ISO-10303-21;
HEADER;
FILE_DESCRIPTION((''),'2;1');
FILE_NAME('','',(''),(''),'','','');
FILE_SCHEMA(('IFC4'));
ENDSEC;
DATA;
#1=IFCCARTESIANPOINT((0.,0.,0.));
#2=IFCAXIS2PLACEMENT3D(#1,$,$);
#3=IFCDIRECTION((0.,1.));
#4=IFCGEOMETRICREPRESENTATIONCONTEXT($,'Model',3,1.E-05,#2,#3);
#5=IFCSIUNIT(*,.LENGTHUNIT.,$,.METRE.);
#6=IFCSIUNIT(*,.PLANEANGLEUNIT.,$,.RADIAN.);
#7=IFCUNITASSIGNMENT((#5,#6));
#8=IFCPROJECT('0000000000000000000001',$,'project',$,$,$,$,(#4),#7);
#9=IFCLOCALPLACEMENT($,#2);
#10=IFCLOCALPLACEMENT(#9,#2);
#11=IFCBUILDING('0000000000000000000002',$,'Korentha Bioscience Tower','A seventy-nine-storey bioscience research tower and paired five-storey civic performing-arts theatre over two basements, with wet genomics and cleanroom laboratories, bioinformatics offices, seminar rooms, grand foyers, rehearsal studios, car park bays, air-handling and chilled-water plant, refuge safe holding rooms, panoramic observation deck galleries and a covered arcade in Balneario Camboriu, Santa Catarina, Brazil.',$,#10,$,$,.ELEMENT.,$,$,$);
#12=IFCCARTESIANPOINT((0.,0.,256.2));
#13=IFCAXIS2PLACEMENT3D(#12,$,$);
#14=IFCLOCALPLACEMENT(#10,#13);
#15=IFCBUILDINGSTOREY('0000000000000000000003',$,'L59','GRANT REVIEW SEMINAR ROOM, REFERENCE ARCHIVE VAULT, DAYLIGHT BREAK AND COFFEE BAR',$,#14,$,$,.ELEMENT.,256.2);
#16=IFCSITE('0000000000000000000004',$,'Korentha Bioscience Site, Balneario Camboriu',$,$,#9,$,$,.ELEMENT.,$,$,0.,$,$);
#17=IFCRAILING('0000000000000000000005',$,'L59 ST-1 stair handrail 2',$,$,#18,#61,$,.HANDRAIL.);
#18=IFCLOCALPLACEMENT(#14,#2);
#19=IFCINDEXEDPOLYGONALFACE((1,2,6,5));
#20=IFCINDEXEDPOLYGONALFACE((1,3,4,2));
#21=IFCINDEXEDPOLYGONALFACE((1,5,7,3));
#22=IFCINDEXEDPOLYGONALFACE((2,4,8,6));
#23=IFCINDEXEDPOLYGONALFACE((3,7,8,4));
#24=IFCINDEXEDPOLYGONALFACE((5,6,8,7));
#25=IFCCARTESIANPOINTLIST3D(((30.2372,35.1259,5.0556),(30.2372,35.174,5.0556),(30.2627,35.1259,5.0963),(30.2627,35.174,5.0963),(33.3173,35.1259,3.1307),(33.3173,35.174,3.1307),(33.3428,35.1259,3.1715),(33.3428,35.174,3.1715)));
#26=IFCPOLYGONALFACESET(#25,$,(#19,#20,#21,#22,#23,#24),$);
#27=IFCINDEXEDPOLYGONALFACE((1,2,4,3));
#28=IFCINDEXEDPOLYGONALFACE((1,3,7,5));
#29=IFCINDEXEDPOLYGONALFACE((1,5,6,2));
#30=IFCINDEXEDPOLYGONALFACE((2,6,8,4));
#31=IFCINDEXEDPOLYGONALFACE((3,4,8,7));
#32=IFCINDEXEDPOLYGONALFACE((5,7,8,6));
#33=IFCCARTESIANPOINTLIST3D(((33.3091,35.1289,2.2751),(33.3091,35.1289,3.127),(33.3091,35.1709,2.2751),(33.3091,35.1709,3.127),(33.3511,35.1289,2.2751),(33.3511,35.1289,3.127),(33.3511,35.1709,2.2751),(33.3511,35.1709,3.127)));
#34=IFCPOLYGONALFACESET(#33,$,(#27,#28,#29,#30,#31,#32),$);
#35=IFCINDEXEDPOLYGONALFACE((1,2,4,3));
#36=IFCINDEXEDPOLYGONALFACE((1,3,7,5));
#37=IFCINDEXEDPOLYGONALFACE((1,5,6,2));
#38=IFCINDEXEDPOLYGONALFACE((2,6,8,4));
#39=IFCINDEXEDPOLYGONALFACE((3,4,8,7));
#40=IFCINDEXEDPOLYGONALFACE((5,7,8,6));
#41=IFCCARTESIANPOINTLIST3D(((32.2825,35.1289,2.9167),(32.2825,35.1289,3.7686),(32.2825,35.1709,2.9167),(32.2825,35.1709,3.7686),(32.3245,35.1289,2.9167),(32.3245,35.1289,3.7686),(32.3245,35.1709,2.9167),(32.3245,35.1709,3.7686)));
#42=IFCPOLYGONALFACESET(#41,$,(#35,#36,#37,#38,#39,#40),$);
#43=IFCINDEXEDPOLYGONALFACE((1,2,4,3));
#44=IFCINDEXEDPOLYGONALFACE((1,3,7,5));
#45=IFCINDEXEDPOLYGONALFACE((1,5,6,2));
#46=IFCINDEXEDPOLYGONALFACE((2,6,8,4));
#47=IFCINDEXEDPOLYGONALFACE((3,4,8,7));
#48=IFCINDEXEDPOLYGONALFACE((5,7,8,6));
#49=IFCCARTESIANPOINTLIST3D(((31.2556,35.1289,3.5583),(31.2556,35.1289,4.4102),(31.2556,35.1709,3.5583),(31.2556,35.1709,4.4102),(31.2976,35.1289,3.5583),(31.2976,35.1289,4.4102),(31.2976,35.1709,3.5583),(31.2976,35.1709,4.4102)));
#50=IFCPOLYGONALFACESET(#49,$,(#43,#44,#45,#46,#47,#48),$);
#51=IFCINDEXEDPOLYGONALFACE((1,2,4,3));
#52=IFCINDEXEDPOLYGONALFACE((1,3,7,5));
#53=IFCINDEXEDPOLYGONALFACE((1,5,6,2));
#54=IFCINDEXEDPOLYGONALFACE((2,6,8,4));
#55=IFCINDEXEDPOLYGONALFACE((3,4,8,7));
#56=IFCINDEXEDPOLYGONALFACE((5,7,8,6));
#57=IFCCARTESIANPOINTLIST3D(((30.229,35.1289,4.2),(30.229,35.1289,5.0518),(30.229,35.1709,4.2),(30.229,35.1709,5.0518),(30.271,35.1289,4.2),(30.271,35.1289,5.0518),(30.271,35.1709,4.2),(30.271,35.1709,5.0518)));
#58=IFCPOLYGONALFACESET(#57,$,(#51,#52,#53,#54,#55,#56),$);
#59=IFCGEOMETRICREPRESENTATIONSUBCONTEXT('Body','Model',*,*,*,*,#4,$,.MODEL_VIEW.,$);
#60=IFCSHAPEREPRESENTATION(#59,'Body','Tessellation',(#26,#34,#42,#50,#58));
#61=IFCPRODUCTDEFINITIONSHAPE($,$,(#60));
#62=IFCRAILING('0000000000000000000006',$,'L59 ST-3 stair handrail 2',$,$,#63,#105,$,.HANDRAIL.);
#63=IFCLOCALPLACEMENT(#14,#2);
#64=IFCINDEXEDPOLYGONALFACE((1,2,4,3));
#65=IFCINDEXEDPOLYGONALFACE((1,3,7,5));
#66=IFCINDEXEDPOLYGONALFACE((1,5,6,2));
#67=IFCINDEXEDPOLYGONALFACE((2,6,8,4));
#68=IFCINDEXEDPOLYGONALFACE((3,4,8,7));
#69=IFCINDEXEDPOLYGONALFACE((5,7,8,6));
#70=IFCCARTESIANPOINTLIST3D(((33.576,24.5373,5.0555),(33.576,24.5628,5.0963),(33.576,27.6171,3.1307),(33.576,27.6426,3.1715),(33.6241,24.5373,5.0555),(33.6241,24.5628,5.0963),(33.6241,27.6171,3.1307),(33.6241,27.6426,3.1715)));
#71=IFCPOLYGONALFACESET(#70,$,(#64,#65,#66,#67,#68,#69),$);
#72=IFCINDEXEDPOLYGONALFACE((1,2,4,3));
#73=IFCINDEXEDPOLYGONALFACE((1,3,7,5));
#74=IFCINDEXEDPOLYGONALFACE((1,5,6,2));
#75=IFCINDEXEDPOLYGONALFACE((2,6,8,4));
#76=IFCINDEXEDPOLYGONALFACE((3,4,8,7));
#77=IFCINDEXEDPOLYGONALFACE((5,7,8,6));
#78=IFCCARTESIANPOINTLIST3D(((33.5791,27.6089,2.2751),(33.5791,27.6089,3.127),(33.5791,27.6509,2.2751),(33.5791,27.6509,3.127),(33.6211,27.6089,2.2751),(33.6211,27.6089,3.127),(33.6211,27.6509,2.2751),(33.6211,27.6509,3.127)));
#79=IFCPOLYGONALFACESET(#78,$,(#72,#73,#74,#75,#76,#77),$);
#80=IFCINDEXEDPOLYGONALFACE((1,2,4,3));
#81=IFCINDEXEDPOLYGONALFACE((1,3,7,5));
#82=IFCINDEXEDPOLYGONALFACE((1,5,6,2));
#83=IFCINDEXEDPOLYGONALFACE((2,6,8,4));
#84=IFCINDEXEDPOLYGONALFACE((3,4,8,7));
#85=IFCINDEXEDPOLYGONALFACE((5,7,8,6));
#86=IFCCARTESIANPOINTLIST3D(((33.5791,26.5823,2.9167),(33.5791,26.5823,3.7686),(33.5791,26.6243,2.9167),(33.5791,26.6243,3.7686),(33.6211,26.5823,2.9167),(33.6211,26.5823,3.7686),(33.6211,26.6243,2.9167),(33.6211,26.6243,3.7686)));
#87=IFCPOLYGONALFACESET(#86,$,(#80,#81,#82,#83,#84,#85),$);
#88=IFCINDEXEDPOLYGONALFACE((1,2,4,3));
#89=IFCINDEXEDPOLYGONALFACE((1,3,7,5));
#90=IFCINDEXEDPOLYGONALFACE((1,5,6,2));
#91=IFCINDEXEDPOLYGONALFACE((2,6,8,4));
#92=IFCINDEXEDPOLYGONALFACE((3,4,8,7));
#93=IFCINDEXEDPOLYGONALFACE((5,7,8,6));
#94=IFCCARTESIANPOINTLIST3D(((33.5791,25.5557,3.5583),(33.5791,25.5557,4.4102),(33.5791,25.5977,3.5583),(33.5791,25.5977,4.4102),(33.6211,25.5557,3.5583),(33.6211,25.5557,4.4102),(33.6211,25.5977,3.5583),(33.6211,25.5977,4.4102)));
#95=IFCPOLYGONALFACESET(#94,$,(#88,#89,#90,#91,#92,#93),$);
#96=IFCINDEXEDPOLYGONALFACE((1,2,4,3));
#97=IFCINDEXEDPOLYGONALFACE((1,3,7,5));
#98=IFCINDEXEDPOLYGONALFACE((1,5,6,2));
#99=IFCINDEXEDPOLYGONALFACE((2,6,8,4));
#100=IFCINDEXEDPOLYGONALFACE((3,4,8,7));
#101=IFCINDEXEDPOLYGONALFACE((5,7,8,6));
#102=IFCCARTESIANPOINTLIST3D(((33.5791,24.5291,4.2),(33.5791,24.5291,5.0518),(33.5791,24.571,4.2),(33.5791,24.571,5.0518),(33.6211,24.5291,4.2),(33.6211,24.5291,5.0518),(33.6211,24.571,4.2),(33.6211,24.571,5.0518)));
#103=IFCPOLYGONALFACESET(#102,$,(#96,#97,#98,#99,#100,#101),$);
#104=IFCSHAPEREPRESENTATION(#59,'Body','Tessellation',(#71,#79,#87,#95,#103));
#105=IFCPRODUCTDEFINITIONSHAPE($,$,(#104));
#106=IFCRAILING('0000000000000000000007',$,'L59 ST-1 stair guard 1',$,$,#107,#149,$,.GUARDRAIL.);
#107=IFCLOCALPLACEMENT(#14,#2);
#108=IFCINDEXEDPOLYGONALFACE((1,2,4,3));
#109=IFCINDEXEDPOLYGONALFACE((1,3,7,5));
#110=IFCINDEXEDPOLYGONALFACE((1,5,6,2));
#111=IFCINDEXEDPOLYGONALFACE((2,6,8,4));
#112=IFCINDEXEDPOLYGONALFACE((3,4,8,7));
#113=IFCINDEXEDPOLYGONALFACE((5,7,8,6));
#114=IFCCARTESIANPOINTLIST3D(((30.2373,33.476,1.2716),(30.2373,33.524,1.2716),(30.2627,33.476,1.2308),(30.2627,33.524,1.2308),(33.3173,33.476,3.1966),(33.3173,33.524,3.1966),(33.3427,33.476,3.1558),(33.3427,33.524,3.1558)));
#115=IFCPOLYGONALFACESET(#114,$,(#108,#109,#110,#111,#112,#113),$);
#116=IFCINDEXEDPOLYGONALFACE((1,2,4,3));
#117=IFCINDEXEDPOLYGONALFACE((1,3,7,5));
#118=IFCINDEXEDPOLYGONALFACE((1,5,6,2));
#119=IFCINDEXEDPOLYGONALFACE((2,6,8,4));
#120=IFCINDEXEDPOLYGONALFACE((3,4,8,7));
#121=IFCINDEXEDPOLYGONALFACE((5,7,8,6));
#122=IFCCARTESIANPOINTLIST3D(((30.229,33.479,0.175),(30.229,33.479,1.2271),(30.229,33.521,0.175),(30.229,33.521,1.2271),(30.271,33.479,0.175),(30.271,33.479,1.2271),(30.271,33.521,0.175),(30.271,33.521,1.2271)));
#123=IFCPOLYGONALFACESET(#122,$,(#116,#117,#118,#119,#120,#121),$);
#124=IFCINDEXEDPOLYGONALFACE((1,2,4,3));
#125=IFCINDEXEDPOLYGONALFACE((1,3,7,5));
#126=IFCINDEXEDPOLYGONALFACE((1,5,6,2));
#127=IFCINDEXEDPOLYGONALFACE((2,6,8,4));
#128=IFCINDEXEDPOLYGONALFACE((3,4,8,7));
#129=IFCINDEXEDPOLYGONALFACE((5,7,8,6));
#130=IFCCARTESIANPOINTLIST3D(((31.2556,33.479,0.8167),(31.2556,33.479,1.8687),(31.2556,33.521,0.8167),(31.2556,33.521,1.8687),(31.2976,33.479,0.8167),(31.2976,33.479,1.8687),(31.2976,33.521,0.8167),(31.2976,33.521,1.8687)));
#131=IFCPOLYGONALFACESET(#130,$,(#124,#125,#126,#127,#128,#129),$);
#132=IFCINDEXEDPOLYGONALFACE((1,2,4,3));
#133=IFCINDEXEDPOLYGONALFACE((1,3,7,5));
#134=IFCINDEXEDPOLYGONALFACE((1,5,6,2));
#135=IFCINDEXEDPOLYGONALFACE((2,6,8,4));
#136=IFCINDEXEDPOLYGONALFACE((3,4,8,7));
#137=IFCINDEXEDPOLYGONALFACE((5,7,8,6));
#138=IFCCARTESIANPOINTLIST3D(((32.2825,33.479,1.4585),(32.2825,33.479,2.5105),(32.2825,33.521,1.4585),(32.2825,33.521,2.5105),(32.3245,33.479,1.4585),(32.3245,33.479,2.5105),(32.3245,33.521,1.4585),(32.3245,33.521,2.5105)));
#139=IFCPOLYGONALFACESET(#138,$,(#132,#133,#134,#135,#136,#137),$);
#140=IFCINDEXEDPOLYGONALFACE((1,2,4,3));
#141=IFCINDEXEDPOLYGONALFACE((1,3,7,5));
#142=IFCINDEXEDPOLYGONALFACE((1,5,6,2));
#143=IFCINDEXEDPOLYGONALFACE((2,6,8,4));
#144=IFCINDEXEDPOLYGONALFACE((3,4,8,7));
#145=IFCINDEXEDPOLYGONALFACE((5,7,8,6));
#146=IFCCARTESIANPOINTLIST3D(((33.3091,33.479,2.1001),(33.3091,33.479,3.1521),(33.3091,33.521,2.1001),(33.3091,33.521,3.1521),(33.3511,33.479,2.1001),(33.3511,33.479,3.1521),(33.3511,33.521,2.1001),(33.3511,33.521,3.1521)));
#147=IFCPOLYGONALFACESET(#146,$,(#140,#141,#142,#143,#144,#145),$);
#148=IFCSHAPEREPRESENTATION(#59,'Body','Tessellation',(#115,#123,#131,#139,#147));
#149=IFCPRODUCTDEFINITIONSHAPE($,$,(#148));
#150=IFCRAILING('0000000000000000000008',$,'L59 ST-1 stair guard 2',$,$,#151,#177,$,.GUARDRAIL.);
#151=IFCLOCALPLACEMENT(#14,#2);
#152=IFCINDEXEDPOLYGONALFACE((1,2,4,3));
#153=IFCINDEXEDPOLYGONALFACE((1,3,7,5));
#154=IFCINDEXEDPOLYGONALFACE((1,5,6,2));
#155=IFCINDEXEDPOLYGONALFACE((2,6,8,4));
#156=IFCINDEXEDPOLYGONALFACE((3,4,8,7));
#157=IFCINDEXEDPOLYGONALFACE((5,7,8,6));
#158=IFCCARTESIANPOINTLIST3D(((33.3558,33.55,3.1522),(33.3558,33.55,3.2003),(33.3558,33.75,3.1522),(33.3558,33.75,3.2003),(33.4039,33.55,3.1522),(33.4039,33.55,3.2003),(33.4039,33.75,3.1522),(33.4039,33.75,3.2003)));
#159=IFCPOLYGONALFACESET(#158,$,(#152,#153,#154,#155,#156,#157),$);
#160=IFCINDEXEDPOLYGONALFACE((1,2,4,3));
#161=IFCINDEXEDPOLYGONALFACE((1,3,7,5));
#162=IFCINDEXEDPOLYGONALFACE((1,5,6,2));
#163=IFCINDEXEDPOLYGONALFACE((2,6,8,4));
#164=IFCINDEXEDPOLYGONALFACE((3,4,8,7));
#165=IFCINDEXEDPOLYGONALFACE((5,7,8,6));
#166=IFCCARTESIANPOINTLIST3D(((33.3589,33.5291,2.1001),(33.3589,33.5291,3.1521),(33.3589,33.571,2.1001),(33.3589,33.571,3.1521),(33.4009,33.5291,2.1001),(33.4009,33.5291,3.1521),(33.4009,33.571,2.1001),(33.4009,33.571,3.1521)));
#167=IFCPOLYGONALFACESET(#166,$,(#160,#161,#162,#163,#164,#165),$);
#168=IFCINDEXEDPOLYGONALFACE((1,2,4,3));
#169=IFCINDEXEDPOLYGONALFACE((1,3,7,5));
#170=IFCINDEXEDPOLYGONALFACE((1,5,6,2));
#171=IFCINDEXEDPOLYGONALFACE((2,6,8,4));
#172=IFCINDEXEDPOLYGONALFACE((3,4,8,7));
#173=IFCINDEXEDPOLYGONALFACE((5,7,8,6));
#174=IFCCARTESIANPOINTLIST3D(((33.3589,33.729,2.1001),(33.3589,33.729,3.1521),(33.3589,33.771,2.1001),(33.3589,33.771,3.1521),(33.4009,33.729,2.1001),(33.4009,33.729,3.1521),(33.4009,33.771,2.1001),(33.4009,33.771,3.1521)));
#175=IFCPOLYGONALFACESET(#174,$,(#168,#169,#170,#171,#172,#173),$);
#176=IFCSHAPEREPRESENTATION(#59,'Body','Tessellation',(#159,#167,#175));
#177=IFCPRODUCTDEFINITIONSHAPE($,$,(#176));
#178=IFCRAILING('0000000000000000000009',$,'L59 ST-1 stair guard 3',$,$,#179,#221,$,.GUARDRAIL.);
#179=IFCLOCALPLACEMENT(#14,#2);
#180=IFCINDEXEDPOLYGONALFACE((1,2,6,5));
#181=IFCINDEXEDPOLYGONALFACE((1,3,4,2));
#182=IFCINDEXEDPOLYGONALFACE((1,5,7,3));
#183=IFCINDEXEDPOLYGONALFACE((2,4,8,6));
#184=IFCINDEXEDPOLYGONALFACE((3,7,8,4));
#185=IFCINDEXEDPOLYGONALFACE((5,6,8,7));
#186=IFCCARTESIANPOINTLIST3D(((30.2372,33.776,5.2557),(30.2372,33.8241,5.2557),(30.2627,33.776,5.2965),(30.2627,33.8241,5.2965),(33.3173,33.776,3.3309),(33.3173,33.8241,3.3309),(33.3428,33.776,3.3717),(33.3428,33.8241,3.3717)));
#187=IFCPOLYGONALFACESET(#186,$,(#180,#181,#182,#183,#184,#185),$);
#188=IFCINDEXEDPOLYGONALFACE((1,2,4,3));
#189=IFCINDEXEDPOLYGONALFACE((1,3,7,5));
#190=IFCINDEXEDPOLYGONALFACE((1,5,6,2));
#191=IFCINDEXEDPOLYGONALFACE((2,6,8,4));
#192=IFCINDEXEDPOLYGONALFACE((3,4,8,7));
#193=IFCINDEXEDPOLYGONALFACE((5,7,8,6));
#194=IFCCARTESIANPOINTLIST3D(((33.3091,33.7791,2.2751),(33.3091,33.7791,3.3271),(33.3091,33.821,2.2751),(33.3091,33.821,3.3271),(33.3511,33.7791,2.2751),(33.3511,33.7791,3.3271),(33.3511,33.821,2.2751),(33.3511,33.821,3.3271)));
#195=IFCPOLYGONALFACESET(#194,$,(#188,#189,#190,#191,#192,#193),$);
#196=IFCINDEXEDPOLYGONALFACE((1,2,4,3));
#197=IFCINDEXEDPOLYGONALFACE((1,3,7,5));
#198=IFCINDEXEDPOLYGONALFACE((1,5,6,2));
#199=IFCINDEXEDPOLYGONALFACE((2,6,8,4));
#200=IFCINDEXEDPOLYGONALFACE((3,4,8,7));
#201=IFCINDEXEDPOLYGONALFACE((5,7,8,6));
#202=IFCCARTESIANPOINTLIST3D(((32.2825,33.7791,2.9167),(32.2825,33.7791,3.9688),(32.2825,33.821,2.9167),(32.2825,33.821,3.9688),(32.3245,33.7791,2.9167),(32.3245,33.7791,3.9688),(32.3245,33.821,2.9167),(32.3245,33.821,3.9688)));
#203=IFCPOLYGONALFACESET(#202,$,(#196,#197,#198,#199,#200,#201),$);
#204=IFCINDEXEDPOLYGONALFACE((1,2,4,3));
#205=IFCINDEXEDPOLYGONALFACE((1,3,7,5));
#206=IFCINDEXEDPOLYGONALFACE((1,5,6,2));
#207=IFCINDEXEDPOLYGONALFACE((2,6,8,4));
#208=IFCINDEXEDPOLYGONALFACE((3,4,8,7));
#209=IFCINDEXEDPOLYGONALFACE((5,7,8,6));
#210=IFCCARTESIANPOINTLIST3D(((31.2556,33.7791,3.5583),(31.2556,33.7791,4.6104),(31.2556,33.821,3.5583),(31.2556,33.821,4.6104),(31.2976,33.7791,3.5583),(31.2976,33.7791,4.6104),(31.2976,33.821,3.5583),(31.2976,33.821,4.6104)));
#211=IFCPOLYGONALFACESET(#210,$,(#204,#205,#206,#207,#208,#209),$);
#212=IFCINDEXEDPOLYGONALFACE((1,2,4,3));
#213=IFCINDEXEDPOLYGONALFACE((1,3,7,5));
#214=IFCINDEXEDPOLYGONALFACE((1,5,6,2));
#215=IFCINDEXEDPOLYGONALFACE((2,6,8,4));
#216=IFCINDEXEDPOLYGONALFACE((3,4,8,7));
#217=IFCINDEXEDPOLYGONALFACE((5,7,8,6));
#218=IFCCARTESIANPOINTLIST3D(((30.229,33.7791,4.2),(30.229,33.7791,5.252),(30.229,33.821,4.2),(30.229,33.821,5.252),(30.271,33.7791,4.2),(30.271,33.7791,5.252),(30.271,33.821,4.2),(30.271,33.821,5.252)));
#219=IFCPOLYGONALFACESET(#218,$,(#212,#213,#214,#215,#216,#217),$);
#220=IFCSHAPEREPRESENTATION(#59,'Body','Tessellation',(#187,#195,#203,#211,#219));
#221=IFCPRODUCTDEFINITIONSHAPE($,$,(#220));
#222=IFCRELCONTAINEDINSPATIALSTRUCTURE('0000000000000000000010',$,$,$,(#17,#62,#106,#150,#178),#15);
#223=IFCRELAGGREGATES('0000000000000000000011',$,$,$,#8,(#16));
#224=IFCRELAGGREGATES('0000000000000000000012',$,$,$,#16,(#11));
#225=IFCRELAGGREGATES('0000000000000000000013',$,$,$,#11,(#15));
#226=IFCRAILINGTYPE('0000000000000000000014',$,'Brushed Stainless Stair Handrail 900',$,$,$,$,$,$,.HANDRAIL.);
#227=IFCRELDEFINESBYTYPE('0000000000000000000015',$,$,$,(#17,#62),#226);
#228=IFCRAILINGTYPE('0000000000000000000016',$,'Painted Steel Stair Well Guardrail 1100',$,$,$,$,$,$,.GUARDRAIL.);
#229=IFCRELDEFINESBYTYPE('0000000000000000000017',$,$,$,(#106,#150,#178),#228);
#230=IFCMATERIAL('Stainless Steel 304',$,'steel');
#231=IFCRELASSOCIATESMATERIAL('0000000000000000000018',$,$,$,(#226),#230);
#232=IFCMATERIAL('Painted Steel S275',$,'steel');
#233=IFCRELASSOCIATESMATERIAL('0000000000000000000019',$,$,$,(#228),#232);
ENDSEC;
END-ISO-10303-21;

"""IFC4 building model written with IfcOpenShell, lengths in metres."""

from ifc_helpers import new_model, si_unit, direction, frame, origin, origin_2d, place, context, subcontext, project, spatial, rectangle, extrude, material, type_object, element, save


model = new_model("IFC4")

# Units and contexts
model_context = context("Model", 3, precision=1e-05, world=origin(), true_north=direction((0.0, 1.0)))
body_context = subcontext(model_context, "Body", "Model", "MODEL_VIEW")
ifc_project = project(units=[si_unit("LENGTHUNIT", "METRE"), si_unit("PLANEANGLEUNIT", "RADIAN")], contexts=[model_context])

# Site, building, storey
site_placement = place(None, origin())
site = spatial("IfcSite", under=ifc_project, at=site_placement, Name="Korentha Bioscience Site, Balneario Camboriu", CompositionType="ELEMENT", RefElevation=0.0)
building_placement = place(site_placement, origin())
building = spatial("IfcBuilding", under=site, at=building_placement, Name="Korentha Bioscience Tower", Description="A seventy-nine-storey bioscience research tower and paired five-storey civic performing-arts theatre over two basements, with wet genomics and cleanroom laboratories, bioinformatics offices, seminar rooms, grand foyers, rehearsal studios, car park bays, air-handling and chilled-water plant, refuge safe holding rooms, panoramic observation deck galleries and a covered arcade in Balneario Camboriu, Santa Catarina, Brazil.", CompositionType="ELEMENT")
storey_placement = place(building_placement, frame((0.0, 0.0, 256.2)))
storey = spatial("IfcBuildingStorey", under=building, at=storey_placement, Name="L59", Description="GRANT REVIEW SEMINAR ROOM, REFERENCE ARCHIVE VAULT, DAYLIGHT BREAK AND COFFEE BAR", CompositionType="ELEMENT", Elevation=256.2)

# Railings
ifc_material_1 = material(Name="Stainless Steel 304", Category="steel")
railing_type_1 = type_object("IfcRailingType", Name="Brushed Stainless Stair Handrail 900", PredefinedType="HANDRAIL", material=ifc_material_1)
railing_1_placement = place(storey_placement, frame((33.3301, 35.1499, 2.2751)))
element("IfcRailing", 1, at=railing_1_placement, inside=storey, type_object=railing_type_1, Name="L59 ST-1 stair handrail 2", PredefinedType="HANDRAIL", context=body_context, shape_type="SweptSolid", body=[
    extrude(rectangle(XDim=0.0481, YDim=0.0481, at=origin_2d()), frame((0.0, 0.0, 0.876), z_axis=(-0.848029, 0.0, 0.529951), x_axis=(0.0, -1.0, 0.0)), (0.0, 0.0, 1.0), 3.6321),
    extrude(rectangle(XDim=0.042, YDim=0.042, at=origin_2d()), origin(), (0.0, 0.0, 1.0), 0.8518),
    extrude(rectangle(XDim=0.042, YDim=0.042, at=origin_2d()), frame((-1.0266, 0.0, 0.6416)), (0.0, 0.0, 1.0), 0.8518),
    extrude(rectangle(XDim=0.042, YDim=0.042, at=origin_2d()), frame((-2.0535, 0.0, 1.2832)), (0.0, 0.0, 1.0), 0.8518),
    extrude(rectangle(XDim=0.042, YDim=0.042, at=origin_2d()), frame((-3.0801, 0.0, 1.9248)), (0.0, 0.0, 1.0), 0.8518),
])
railing_2_placement = place(storey_placement, frame((33.6001, 27.6299, 2.2751)))
element("IfcRailing", 2, at=railing_2_placement, inside=storey, type_object=railing_type_1, Name="L59 ST-3 stair handrail 2", PredefinedType="HANDRAIL", context=body_context, shape_type="SweptSolid", body=[
    extrude(rectangle(XDim=0.0481, YDim=0.0481, at=origin_2d()), frame((0.0, 0.0, 0.876), z_axis=(0.0, -0.84801, 0.529981), x_axis=(1.0, 0.0, 0.0)), (0.0, 0.0, 1.0), 3.6318),
    extrude(rectangle(XDim=0.042, YDim=0.042, at=origin_2d()), origin(), (0.0, 0.0, 1.0), 0.8518),
    extrude(rectangle(XDim=0.042, YDim=0.042, at=origin_2d()), frame((0.0, -1.0266, 0.6416)), (0.0, 0.0, 1.0), 0.8518),
    extrude(rectangle(XDim=0.042, YDim=0.042, at=origin_2d()), frame((0.0, -2.0532, 1.2832)), (0.0, 0.0, 1.0), 0.8518),
    extrude(rectangle(XDim=0.042, YDim=0.042, at=origin_2d()), frame((0.0, -3.0798, 1.9248)), (0.0, 0.0, 1.0), 0.8518),
])
ifc_material_2 = material(Name="Painted Steel S275", Category="steel")
railing_type_2 = type_object("IfcRailingType", Name="Painted Steel Stair Well Guardrail 1100", PredefinedType="GUARDRAIL", material=ifc_material_2)
railing_3_placement = place(storey_placement, frame((30.25, 33.5, 0.175)))
element("IfcRailing", 3, at=railing_3_placement, inside=storey, type_object=railing_type_2, Name="L59 ST-1 stair guard 1", PredefinedType="GUARDRAIL", context=body_context, shape_type="SweptSolid", body=[
    extrude(rectangle(XDim=0.0481, YDim=0.0481, at=origin_2d()), frame((0.0, 0.0, 1.0762), z_axis=(0.847998, 0.0, 0.529999), x_axis=(0.0, 1.0, 0.0)), (0.0, 0.0, 1.0), 3.6321),
    extrude(rectangle(XDim=0.042, YDim=0.042, at=origin_2d()), origin(), (0.0, 0.0, 1.0), 1.052),
    extrude(rectangle(XDim=0.042, YDim=0.042, at=origin_2d()), frame((1.0266, 0.0, 0.6416)), (0.0, 0.0, 1.0), 1.052),
    extrude(rectangle(XDim=0.042, YDim=0.042, at=origin_2d()), frame((2.0535, 0.0, 1.2834)), (0.0, 0.0, 1.0), 1.052),
    extrude(rectangle(XDim=0.042, YDim=0.042, at=origin_2d()), frame((3.0801, 0.0, 1.925)), (0.0, 0.0, 1.0), 1.052),
])
railing_4_placement = place(storey_placement, frame((33.3799, 33.55, 2.1001)))
element("IfcRailing", 4, at=railing_4_placement, inside=storey, type_object=railing_type_2, Name="L59 ST-1 stair guard 2", PredefinedType="GUARDRAIL", context=body_context, shape_type="SweptSolid", body=[
    extrude(rectangle(XDim=0.0481, YDim=0.0481, at=origin_2d()), frame((0.0, 0.0, 1.0762), z_axis=(0.0, 1.0, 0.0), x_axis=(-1.0, 0.0, 0.0)), (0.0, 0.0, 1.0), 0.2),
    extrude(rectangle(XDim=0.042, YDim=0.042, at=origin_2d()), origin(), (0.0, 0.0, 1.0), 1.052),
    extrude(rectangle(XDim=0.042, YDim=0.042, at=origin_2d()), frame((0.0, 0.2, 0.0)), (0.0, 0.0, 1.0), 1.052),
])
railing_5_placement = place(storey_placement, frame((33.3301, 33.8, 2.2751)))
element("IfcRailing", 5, at=railing_5_placement, inside=storey, type_object=railing_type_2, Name="L59 ST-1 stair guard 3", PredefinedType="GUARDRAIL", context=body_context, shape_type="SweptSolid", body=[
    extrude(rectangle(XDim=0.0481, YDim=0.0481, at=origin_2d()), frame((0.0, 0.0, 1.0762), z_axis=(-0.848029, 0.0, 0.529951), x_axis=(0.0, -1.0, 0.0)), (0.0, 0.0, 1.0), 3.6321),
    extrude(rectangle(XDim=0.042, YDim=0.042, at=origin_2d()), origin(), (0.0, 0.0, 1.0), 1.052),
    extrude(rectangle(XDim=0.042, YDim=0.042, at=origin_2d()), frame((-1.0266, 0.0, 0.6416)), (0.0, 0.0, 1.0), 1.052),
    extrude(rectangle(XDim=0.042, YDim=0.042, at=origin_2d()), frame((-2.0535, 0.0, 1.2832)), (0.0, 0.0, 1.0), 1.052),
    extrude(rectangle(XDim=0.042, YDim=0.042, at=origin_2d()), frame((-3.0801, 0.0, 1.9248)), (0.0, 0.0, 1.0), 1.052),
])

save(model, "model.ifc")
